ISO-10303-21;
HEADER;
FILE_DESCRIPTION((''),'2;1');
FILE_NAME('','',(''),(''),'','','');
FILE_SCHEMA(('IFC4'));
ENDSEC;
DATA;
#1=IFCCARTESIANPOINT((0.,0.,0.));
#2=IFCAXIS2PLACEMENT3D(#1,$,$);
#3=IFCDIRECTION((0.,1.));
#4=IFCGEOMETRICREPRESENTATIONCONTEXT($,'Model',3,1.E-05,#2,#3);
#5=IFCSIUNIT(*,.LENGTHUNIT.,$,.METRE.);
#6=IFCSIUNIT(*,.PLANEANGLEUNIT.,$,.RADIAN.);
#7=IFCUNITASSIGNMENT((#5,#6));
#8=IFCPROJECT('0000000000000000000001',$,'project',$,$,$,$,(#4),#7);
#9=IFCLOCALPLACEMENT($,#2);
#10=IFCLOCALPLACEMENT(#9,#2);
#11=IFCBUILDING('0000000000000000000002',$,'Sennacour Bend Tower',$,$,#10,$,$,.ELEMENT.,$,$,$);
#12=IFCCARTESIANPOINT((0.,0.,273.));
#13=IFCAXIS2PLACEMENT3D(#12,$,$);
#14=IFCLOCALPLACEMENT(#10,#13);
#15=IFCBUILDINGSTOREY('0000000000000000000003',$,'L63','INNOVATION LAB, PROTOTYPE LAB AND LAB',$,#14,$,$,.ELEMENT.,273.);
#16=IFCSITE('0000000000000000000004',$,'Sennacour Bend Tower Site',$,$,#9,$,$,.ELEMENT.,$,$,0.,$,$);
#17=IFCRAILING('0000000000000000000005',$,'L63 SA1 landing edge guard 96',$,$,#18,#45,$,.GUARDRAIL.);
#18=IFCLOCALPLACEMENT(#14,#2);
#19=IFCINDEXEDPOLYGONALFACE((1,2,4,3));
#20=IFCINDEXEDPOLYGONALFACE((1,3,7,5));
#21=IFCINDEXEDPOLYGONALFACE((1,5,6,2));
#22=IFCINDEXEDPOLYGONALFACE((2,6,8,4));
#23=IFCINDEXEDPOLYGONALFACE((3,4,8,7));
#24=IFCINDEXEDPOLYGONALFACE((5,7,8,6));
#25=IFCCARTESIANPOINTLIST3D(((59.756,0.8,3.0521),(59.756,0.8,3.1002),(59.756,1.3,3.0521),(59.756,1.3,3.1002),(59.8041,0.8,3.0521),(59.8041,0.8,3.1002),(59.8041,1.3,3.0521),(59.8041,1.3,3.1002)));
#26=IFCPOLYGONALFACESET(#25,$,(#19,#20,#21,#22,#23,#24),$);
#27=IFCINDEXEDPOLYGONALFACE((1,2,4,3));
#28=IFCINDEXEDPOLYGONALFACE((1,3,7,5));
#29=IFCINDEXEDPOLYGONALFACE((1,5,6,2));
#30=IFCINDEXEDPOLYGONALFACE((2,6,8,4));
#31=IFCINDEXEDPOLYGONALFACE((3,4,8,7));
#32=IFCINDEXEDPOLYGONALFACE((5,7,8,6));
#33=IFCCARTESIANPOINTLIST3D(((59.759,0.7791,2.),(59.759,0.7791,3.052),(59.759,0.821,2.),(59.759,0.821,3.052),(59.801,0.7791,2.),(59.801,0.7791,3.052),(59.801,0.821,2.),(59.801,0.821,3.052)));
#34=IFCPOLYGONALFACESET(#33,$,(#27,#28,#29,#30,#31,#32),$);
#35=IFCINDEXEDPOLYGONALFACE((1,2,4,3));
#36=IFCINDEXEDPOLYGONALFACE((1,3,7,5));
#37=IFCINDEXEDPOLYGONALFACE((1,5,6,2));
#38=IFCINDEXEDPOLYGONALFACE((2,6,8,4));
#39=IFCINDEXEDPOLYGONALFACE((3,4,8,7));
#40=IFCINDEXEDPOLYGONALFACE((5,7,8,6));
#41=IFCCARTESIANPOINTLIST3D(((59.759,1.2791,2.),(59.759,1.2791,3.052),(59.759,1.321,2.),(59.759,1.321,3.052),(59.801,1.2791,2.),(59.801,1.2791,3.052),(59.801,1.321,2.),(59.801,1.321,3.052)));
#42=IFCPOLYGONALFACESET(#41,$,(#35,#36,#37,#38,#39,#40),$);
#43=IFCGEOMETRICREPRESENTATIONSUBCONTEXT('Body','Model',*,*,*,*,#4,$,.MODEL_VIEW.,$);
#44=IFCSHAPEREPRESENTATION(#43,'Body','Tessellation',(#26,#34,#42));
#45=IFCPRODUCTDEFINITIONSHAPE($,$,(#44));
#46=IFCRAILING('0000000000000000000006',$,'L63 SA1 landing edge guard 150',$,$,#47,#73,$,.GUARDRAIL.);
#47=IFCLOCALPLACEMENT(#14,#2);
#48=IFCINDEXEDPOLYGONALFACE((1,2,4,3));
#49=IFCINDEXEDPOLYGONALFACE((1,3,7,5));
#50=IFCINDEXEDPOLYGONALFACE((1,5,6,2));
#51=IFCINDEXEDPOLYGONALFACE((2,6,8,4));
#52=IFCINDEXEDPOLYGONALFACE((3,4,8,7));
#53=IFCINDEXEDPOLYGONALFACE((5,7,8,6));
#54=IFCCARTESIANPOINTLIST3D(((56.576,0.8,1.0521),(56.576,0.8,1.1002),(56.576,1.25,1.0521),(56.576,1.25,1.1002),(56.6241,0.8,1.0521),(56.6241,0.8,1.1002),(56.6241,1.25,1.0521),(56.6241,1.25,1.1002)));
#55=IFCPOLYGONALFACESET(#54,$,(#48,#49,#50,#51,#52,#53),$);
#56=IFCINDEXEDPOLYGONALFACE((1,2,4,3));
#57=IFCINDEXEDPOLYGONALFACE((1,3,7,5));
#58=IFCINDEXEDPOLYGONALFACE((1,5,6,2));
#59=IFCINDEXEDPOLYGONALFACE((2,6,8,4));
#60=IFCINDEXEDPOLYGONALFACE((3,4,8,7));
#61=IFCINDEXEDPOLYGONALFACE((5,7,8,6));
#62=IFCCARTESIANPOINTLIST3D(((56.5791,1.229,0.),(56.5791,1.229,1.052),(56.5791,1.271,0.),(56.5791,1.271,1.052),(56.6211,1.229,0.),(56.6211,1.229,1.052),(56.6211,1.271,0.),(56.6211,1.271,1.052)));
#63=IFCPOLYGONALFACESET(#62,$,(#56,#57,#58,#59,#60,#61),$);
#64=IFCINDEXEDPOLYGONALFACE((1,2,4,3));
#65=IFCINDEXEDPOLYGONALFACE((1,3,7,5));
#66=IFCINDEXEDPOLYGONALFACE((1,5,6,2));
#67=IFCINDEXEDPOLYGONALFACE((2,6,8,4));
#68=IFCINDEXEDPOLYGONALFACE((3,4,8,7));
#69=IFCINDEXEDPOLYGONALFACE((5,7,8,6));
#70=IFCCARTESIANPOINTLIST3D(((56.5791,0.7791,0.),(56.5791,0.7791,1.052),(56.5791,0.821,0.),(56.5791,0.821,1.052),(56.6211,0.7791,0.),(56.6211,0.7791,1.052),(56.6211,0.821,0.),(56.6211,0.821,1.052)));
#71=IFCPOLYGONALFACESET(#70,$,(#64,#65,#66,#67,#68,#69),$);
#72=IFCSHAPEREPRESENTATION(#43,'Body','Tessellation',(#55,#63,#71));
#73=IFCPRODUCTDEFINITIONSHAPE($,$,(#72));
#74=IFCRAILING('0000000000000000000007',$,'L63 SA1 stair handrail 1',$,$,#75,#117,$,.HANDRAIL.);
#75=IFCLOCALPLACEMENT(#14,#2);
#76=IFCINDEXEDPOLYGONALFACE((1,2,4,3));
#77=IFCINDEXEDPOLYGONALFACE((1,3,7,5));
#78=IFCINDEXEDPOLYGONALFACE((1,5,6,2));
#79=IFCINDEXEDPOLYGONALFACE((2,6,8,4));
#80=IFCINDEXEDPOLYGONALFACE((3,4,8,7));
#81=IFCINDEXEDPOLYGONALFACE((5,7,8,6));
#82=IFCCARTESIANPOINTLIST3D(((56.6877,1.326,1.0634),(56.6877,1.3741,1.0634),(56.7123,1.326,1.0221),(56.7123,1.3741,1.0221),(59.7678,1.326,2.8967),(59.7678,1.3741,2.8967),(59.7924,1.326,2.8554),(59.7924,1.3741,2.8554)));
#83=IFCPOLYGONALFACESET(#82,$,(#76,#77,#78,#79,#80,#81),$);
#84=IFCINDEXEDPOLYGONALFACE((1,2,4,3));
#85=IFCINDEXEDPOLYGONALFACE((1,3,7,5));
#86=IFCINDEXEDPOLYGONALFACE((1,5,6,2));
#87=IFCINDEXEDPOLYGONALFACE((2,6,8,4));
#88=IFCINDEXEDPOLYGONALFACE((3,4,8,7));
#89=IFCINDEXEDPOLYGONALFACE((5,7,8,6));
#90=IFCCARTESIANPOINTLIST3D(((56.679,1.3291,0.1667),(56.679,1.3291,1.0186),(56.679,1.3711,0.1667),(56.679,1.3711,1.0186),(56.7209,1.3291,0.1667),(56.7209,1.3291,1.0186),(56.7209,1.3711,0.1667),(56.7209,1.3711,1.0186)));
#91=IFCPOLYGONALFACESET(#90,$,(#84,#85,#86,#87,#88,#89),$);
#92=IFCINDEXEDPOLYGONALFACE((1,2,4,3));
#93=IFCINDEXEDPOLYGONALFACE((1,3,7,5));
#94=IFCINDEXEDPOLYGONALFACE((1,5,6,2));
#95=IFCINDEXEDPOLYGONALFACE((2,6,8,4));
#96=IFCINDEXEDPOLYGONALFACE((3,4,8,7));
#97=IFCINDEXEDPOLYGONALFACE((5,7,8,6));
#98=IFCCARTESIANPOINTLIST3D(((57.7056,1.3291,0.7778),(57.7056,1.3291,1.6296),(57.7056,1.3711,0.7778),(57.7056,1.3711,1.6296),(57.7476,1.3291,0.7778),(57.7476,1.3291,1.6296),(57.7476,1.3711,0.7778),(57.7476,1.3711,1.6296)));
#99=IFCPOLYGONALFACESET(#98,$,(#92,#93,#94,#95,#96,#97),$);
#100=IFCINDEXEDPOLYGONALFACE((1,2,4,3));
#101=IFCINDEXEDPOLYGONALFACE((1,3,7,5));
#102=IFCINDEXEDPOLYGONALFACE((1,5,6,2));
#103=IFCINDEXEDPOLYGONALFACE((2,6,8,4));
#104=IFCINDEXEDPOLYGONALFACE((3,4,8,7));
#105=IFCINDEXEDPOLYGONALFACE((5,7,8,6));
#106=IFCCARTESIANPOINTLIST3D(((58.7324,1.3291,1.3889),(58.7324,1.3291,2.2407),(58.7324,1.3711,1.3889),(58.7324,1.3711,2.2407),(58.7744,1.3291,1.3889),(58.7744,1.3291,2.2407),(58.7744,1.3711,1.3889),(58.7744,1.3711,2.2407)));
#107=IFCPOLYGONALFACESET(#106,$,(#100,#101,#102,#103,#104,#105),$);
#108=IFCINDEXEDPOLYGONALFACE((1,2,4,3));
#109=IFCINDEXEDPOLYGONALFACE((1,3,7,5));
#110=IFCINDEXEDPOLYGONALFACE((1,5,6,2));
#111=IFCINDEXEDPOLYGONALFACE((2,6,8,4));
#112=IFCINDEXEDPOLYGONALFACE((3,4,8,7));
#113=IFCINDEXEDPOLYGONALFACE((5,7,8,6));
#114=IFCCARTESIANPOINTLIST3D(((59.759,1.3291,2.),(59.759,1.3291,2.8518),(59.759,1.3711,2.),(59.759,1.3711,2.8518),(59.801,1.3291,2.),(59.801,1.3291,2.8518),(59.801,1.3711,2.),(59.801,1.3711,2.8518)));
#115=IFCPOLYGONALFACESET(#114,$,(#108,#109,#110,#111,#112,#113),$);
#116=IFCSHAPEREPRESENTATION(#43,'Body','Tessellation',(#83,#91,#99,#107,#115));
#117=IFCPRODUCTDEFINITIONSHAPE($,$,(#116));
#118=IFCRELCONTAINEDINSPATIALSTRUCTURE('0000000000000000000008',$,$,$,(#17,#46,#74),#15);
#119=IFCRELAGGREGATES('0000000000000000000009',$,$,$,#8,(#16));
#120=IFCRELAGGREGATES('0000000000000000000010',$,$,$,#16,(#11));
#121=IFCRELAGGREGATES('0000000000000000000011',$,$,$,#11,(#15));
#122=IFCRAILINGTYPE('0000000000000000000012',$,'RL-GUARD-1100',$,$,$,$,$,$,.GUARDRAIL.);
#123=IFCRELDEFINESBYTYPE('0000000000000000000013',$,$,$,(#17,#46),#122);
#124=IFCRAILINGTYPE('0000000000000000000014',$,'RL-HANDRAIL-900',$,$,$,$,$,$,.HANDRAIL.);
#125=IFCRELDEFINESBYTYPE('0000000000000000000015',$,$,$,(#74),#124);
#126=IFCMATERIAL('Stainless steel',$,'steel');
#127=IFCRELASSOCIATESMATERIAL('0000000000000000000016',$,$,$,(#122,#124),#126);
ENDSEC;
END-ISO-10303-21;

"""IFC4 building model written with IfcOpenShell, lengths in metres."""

from ifc_helpers import new_model, si_unit, direction, frame, origin, origin_2d, place, context, subcontext, project, spatial, rectangle, extrude, material, type_object, element, save


model = new_model("IFC4")

# Units and contexts
model_context = context("Model", 3, precision=1e-05, world=origin(), true_north=direction((0.0, 1.0)))
body_context = subcontext(model_context, "Body", "Model", "MODEL_VIEW")
ifc_project = project(units=[si_unit("LENGTHUNIT", "METRE"), si_unit("PLANEANGLEUNIT", "RADIAN")], contexts=[model_context])

# Site, building, storey
site_placement = place(None, origin())
site = spatial("IfcSite", under=ifc_project, at=site_placement, Name="Sennacour Bend Tower Site", CompositionType="ELEMENT", RefElevation=0.0)
building_placement = place(site_placement, origin())
building = spatial("IfcBuilding", under=site, at=building_placement, Name="Sennacour Bend Tower", CompositionType="ELEMENT")
storey_placement = place(building_placement, frame((0.0, 0.0, 273.0)))
storey = spatial("IfcBuildingStorey", under=building, at=storey_placement, Name="L63", Description="INNOVATION LAB, PROTOTYPE LAB AND LAB", CompositionType="ELEMENT", Elevation=273.0)

# Shared definitions
ifc_material_1 = material(Name="Stainless steel", Category="steel")

# Railings
railing_type_1 = type_object("IfcRailingType", Name="RL-GUARD-1100", PredefinedType="GUARDRAIL", material=ifc_material_1)
railing_1_placement = place(storey_placement, frame((59.78, 0.8, 2.0)))
element("IfcRailing", 1, at=railing_1_placement, inside=storey, type_object=railing_type_1, Name="L63 SA1 landing edge guard 96", PredefinedType="GUARDRAIL", context=body_context, shape_type="SweptSolid", body=[
    extrude(rectangle(XDim=0.0481, YDim=0.0481, at=origin_2d()), frame((0.0, 0.0, 1.0762), z_axis=(0.0, 1.0, 0.0), x_axis=(-1.0, 0.0, 0.0)), (0.0, 0.0, 1.0), 0.5),
    extrude(rectangle(XDim=0.042, YDim=0.042, at=origin_2d()), origin(), (0.0, 0.0, 1.0), 1.052),
    extrude(rectangle(XDim=0.042, YDim=0.042, at=origin_2d()), frame((0.0, 0.5, 0.0)), (0.0, 0.0, 1.0), 1.052),
])
railing_2_placement = place(storey_placement, frame((56.6001, 1.25, 0.0)))
element("IfcRailing", 2, at=railing_2_placement, inside=storey, type_object=railing_type_1, Name="L63 SA1 landing edge guard 150", PredefinedType="GUARDRAIL", context=body_context, shape_type="SweptSolid", body=[
    extrude(rectangle(XDim=0.0481, YDim=0.0481, at=origin_2d()), frame((0.0, 0.0, 1.0762), z_axis=(0.0, -1.0, 0.0), x_axis=(1.0, 0.0, 0.0)), (0.0, 0.0, 1.0), 0.45),
    extrude(rectangle(XDim=0.042, YDim=0.042, at=origin_2d()), origin(), (0.0, 0.0, 1.0), 1.052),
    extrude(rectangle(XDim=0.042, YDim=0.042, at=origin_2d()), frame((0.0, -0.45, 0.0)), (0.0, 0.0, 1.0), 1.052),
])
railing_type_2 = type_object("IfcRailingType", Name="RL-HANDRAIL-900", PredefinedType="HANDRAIL", material=ifc_material_1)
railing_3_placement = place(storey_placement, frame((56.7, 1.3501, 0.1667)))
element("IfcRailing", 3, at=railing_3_placement, inside=storey, type_object=railing_type_2, Name="L63 SA1 stair handrail 1", PredefinedType="HANDRAIL", context=body_context, shape_type="SweptSolid", body=[
    extrude(rectangle(XDim=0.0481, YDim=0.0481, at=origin_2d()), frame((0.0, 0.0, 0.876), z_axis=(0.859309, 0.0, 0.511458), x_axis=(0.0, 1.0, 0.0)), (0.0, 0.0, 1.0), 3.5845),
    extrude(rectangle(XDim=0.042, YDim=0.042, at=origin_2d()), origin(), (0.0, 0.0, 1.0), 0.8518),
    extrude(rectangle(XDim=0.042, YDim=0.042, at=origin_2d()), frame((1.0266, 0.0, 0.6111)), (0.0, 0.0, 1.0), 0.8518),
    extrude(rectangle(XDim=0.042, YDim=0.042, at=origin_2d()), frame((2.0535, 0.0, 1.2222)), (0.0, 0.0, 1.0), 0.8518),
    extrude(rectangle(XDim=0.042, YDim=0.042, at=origin_2d()), frame((3.0801, 0.0, 1.8333)), (0.0, 0.0, 1.0), 0.8518),
])

save(model, "model.ifc")
